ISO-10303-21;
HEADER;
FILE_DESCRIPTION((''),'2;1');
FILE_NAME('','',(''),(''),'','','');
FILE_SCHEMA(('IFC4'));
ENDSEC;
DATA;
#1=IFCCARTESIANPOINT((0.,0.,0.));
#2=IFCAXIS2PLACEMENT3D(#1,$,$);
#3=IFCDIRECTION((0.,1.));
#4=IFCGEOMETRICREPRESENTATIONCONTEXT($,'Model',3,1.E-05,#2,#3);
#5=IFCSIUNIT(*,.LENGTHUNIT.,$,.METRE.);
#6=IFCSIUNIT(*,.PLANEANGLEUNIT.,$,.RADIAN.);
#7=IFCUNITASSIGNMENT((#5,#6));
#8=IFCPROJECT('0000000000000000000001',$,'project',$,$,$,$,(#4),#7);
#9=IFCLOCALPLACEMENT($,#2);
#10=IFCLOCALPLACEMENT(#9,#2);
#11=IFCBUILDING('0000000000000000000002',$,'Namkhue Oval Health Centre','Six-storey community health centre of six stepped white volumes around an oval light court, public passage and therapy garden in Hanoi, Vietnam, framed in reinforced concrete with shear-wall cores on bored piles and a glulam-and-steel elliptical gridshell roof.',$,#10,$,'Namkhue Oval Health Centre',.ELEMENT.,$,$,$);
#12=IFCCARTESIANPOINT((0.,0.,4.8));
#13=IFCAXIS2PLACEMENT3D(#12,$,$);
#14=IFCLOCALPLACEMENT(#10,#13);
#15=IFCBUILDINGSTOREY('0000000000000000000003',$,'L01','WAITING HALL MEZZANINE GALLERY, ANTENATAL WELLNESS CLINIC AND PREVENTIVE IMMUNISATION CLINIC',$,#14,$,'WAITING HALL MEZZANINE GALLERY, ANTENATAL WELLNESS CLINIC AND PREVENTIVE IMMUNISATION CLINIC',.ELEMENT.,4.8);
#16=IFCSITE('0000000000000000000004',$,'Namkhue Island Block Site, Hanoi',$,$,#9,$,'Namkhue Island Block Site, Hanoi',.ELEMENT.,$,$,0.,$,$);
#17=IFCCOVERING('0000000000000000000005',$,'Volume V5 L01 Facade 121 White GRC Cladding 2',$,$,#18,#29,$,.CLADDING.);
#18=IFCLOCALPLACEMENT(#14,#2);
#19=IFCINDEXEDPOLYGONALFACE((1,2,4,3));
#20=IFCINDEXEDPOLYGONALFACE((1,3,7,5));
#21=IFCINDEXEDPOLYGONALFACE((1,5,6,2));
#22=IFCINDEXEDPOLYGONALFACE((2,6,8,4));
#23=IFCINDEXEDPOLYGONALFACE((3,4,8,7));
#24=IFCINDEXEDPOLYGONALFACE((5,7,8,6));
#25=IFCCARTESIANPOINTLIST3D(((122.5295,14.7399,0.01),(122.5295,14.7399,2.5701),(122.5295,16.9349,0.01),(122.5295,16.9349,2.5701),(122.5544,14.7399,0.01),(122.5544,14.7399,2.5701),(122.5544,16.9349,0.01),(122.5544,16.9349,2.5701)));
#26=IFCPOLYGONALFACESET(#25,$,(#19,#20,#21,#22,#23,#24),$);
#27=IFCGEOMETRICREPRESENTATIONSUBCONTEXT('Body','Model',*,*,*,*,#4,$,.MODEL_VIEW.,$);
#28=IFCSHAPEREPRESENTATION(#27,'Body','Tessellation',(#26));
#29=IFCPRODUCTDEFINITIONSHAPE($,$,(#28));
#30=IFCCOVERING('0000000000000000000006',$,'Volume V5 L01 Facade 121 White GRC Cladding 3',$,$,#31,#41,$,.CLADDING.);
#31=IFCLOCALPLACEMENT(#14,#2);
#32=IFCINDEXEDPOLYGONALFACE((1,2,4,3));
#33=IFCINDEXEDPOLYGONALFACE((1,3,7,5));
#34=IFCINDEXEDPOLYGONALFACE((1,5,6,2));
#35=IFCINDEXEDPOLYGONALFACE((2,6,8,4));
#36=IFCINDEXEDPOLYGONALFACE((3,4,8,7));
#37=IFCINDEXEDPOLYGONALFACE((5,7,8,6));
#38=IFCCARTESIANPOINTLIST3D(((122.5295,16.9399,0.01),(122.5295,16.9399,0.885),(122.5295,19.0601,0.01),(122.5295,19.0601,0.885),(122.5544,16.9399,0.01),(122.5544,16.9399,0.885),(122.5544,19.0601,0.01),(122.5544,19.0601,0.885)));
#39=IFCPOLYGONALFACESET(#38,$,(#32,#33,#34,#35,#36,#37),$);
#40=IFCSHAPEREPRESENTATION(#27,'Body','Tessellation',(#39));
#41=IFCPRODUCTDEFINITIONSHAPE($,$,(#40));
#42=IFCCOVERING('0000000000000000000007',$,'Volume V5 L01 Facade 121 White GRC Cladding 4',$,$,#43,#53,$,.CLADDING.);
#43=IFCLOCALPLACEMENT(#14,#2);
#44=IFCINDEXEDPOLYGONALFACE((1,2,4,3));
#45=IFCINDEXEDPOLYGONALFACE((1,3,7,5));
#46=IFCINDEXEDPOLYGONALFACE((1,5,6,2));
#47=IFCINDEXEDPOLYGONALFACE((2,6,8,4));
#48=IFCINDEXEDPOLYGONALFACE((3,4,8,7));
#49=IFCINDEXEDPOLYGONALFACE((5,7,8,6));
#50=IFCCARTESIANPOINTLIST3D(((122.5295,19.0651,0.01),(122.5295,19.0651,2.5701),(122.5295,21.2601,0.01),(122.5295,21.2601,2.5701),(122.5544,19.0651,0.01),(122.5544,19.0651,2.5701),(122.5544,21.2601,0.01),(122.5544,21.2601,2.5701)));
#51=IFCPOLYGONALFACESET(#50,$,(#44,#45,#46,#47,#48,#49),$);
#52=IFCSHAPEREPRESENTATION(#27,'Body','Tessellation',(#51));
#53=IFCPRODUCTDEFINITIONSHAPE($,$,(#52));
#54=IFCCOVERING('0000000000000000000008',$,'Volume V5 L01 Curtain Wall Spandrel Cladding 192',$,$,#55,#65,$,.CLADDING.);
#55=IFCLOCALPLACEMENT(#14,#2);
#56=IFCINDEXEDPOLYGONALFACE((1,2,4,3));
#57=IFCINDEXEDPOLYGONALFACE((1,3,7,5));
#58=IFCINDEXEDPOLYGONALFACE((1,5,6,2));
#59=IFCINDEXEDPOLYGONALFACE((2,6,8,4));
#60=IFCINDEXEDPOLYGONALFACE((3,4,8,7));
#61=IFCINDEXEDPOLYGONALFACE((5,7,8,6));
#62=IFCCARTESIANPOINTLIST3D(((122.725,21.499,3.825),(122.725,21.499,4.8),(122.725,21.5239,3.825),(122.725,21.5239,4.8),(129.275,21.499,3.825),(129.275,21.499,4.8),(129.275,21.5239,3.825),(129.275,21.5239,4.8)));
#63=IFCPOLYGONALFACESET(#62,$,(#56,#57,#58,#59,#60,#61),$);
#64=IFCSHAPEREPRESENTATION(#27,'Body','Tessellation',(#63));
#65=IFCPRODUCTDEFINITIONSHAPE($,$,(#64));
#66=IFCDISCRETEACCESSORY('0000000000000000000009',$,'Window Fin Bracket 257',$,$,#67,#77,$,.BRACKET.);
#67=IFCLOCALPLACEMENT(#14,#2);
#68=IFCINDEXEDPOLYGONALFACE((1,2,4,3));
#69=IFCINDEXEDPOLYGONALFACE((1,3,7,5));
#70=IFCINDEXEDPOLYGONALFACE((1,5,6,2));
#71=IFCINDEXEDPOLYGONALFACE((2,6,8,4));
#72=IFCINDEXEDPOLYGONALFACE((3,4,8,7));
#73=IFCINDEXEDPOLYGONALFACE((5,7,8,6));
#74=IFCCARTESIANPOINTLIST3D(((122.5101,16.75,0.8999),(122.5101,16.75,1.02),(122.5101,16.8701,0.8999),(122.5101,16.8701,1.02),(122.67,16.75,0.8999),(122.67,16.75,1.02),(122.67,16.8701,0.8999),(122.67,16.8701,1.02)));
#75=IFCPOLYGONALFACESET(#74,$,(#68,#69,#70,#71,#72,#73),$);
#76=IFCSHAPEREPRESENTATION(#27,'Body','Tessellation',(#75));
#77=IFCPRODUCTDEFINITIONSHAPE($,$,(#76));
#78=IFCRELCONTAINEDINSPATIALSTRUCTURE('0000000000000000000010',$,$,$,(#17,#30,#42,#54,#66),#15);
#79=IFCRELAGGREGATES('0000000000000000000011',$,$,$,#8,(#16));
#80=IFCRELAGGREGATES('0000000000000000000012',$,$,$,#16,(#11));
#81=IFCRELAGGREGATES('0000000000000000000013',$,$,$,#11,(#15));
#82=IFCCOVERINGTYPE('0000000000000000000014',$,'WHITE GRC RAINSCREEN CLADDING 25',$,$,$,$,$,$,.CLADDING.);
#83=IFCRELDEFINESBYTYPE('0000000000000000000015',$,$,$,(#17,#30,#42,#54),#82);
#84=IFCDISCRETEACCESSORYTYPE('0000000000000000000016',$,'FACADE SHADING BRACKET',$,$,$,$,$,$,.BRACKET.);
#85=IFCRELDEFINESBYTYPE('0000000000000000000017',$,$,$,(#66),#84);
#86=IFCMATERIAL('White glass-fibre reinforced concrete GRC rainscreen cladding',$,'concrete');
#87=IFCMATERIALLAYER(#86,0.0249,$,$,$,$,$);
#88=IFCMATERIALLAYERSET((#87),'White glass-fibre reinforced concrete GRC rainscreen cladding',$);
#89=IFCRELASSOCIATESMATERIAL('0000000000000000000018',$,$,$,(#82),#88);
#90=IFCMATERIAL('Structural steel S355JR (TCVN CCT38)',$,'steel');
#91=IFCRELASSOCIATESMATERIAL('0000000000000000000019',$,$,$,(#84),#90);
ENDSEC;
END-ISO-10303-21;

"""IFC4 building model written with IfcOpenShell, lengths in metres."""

from ifc_helpers import new_model, si_unit, direction, frame, origin, origin_2d, place, context, subcontext, project, spatial, rectangle, extrude, material, layer, layer_set, type_object, element, save


model = new_model("IFC4")

# Units and contexts
model_context = context("Model", 3, precision=1e-05, world=origin(), true_north=direction((0.0, 1.0)))
body_context = subcontext(model_context, "Body", "Model", "MODEL_VIEW")
ifc_project = project(units=[si_unit("LENGTHUNIT", "METRE"), si_unit("PLANEANGLEUNIT", "RADIAN")], contexts=[model_context])

# Site, building, storey
site_placement = place(None, origin())
site = spatial("IfcSite", under=ifc_project, at=site_placement, Name="Namkhue Island Block Site, Hanoi", LongName="Namkhue Island Block Site, Hanoi", CompositionType="ELEMENT", RefElevation=0.0)
building_placement = place(site_placement, origin())
building = spatial("IfcBuilding", under=site, at=building_placement, Name="Namkhue Oval Health Centre", Description="Six-storey community health centre of six stepped white volumes around an oval light court, public passage and therapy garden in Hanoi, Vietnam, framed in reinforced concrete with shear-wall cores on bored piles and a glulam-and-steel elliptical gridshell roof.", LongName="Namkhue Oval Health Centre", CompositionType="ELEMENT")
storey_placement = place(building_placement, frame((0.0, 0.0, 4.8)))
storey = spatial("IfcBuildingStorey", under=building, at=storey_placement, Name="L01", Description="WAITING HALL MEZZANINE GALLERY, ANTENATAL WELLNESS CLINIC AND PREVENTIVE IMMUNISATION CLINIC", LongName="WAITING HALL MEZZANINE GALLERY, ANTENATAL WELLNESS CLINIC AND PREVENTIVE IMMUNISATION CLINIC", CompositionType="ELEMENT", Elevation=4.8)

# Coverings
ifc_material_1 = material(Name="White glass-fibre reinforced concrete GRC rainscreen cladding", Category="concrete")
ifc_layer_1 = layer(ifc_material_1, 0.0249)
ifc_layer_set_1 = layer_set([ifc_layer_1], Name="White glass-fibre reinforced concrete GRC rainscreen cladding")
covering_type = type_object("IfcCoveringType", Name="WHITE GRC RAINSCREEN CLADDING 25", PredefinedType="CLADDING", material=ifc_layer_set_1)
covering_1_placement = place(storey_placement, frame((122.542, 15.8374, 0.01), z_axis=(0.0, 0.0, 1.0), x_axis=(0.0, 1.0, 0.0)))
element("IfcCovering", 1, at=covering_1_placement, inside=storey, type_object=covering_type, Name="Volume V5 L01 Facade 121 White GRC Cladding 2", PredefinedType="CLADDING", context=body_context, shape_type="SweptSolid", body=[
    extrude(rectangle(XDim=2.1951, YDim=0.0249, at=origin_2d()), origin(), (0.0, 0.0, 1.0), 2.5601),
])
covering_2_placement = place(storey_placement, frame((122.542, 18.0, 0.01), z_axis=(0.0, 0.0, 1.0), x_axis=(0.0, 1.0, 0.0)))
element("IfcCovering", 2, at=covering_2_placement, inside=storey, type_object=covering_type, Name="Volume V5 L01 Facade 121 White GRC Cladding 3", PredefinedType="CLADDING", context=body_context, shape_type="SweptSolid", body=[
    extrude(rectangle(XDim=2.1201, YDim=0.0249, at=origin_2d()), origin(), (0.0, 0.0, 1.0), 0.875),
])
covering_3_placement = place(storey_placement, frame((122.542, 20.1626, 0.01), z_axis=(0.0, 0.0, 1.0), x_axis=(0.0, 1.0, 0.0)))
element("IfcCovering", 3, at=covering_3_placement, inside=storey, type_object=covering_type, Name="Volume V5 L01 Facade 121 White GRC Cladding 4", PredefinedType="CLADDING", context=body_context, shape_type="SweptSolid", body=[
    extrude(rectangle(XDim=2.1951, YDim=0.0249, at=origin_2d()), origin(), (0.0, 0.0, 1.0), 2.5601),
])
covering_4_placement = place(storey_placement, frame((126.0, 21.5115, 3.825), z_axis=(0.0, 0.0, 1.0), x_axis=(1.0, 0.0, 0.0)))
element("IfcCovering", 4, at=covering_4_placement, inside=storey, type_object=covering_type, Name="Volume V5 L01 Curtain Wall Spandrel Cladding 192", PredefinedType="CLADDING", context=body_context, shape_type="SweptSolid", body=[
    extrude(rectangle(XDim=6.55, YDim=0.0249, at=origin_2d()), origin(), (0.0, 0.0, 1.0), 0.9751),
])

# Discrete accessory
ifc_material_2 = material(Name="Structural steel S355JR (TCVN CCT38)", Category="steel")
discrete_accessory_type = type_object("IfcDiscreteAccessoryType", Name="FACADE SHADING BRACKET", PredefinedType="BRACKET", material=ifc_material_2)
discrete_accessory_placement = place(storey_placement, frame((122.5901, 16.8101, 0.8999), z_axis=(0.0, 0.0, 1.0), x_axis=(1.0, 0.0, 0.0)))
element("IfcDiscreteAccessory", 5, at=discrete_accessory_placement, inside=storey, type_object=discrete_accessory_type, Name="Window Fin Bracket 257", PredefinedType="BRACKET", context=body_context, shape_type="SweptSolid", body=[
    extrude(rectangle(XDim=0.1599, YDim=0.1201, at=origin_2d()), origin(), (0.0, 0.0, 1.0), 0.1201),
])

save(model, "model.ifc")
